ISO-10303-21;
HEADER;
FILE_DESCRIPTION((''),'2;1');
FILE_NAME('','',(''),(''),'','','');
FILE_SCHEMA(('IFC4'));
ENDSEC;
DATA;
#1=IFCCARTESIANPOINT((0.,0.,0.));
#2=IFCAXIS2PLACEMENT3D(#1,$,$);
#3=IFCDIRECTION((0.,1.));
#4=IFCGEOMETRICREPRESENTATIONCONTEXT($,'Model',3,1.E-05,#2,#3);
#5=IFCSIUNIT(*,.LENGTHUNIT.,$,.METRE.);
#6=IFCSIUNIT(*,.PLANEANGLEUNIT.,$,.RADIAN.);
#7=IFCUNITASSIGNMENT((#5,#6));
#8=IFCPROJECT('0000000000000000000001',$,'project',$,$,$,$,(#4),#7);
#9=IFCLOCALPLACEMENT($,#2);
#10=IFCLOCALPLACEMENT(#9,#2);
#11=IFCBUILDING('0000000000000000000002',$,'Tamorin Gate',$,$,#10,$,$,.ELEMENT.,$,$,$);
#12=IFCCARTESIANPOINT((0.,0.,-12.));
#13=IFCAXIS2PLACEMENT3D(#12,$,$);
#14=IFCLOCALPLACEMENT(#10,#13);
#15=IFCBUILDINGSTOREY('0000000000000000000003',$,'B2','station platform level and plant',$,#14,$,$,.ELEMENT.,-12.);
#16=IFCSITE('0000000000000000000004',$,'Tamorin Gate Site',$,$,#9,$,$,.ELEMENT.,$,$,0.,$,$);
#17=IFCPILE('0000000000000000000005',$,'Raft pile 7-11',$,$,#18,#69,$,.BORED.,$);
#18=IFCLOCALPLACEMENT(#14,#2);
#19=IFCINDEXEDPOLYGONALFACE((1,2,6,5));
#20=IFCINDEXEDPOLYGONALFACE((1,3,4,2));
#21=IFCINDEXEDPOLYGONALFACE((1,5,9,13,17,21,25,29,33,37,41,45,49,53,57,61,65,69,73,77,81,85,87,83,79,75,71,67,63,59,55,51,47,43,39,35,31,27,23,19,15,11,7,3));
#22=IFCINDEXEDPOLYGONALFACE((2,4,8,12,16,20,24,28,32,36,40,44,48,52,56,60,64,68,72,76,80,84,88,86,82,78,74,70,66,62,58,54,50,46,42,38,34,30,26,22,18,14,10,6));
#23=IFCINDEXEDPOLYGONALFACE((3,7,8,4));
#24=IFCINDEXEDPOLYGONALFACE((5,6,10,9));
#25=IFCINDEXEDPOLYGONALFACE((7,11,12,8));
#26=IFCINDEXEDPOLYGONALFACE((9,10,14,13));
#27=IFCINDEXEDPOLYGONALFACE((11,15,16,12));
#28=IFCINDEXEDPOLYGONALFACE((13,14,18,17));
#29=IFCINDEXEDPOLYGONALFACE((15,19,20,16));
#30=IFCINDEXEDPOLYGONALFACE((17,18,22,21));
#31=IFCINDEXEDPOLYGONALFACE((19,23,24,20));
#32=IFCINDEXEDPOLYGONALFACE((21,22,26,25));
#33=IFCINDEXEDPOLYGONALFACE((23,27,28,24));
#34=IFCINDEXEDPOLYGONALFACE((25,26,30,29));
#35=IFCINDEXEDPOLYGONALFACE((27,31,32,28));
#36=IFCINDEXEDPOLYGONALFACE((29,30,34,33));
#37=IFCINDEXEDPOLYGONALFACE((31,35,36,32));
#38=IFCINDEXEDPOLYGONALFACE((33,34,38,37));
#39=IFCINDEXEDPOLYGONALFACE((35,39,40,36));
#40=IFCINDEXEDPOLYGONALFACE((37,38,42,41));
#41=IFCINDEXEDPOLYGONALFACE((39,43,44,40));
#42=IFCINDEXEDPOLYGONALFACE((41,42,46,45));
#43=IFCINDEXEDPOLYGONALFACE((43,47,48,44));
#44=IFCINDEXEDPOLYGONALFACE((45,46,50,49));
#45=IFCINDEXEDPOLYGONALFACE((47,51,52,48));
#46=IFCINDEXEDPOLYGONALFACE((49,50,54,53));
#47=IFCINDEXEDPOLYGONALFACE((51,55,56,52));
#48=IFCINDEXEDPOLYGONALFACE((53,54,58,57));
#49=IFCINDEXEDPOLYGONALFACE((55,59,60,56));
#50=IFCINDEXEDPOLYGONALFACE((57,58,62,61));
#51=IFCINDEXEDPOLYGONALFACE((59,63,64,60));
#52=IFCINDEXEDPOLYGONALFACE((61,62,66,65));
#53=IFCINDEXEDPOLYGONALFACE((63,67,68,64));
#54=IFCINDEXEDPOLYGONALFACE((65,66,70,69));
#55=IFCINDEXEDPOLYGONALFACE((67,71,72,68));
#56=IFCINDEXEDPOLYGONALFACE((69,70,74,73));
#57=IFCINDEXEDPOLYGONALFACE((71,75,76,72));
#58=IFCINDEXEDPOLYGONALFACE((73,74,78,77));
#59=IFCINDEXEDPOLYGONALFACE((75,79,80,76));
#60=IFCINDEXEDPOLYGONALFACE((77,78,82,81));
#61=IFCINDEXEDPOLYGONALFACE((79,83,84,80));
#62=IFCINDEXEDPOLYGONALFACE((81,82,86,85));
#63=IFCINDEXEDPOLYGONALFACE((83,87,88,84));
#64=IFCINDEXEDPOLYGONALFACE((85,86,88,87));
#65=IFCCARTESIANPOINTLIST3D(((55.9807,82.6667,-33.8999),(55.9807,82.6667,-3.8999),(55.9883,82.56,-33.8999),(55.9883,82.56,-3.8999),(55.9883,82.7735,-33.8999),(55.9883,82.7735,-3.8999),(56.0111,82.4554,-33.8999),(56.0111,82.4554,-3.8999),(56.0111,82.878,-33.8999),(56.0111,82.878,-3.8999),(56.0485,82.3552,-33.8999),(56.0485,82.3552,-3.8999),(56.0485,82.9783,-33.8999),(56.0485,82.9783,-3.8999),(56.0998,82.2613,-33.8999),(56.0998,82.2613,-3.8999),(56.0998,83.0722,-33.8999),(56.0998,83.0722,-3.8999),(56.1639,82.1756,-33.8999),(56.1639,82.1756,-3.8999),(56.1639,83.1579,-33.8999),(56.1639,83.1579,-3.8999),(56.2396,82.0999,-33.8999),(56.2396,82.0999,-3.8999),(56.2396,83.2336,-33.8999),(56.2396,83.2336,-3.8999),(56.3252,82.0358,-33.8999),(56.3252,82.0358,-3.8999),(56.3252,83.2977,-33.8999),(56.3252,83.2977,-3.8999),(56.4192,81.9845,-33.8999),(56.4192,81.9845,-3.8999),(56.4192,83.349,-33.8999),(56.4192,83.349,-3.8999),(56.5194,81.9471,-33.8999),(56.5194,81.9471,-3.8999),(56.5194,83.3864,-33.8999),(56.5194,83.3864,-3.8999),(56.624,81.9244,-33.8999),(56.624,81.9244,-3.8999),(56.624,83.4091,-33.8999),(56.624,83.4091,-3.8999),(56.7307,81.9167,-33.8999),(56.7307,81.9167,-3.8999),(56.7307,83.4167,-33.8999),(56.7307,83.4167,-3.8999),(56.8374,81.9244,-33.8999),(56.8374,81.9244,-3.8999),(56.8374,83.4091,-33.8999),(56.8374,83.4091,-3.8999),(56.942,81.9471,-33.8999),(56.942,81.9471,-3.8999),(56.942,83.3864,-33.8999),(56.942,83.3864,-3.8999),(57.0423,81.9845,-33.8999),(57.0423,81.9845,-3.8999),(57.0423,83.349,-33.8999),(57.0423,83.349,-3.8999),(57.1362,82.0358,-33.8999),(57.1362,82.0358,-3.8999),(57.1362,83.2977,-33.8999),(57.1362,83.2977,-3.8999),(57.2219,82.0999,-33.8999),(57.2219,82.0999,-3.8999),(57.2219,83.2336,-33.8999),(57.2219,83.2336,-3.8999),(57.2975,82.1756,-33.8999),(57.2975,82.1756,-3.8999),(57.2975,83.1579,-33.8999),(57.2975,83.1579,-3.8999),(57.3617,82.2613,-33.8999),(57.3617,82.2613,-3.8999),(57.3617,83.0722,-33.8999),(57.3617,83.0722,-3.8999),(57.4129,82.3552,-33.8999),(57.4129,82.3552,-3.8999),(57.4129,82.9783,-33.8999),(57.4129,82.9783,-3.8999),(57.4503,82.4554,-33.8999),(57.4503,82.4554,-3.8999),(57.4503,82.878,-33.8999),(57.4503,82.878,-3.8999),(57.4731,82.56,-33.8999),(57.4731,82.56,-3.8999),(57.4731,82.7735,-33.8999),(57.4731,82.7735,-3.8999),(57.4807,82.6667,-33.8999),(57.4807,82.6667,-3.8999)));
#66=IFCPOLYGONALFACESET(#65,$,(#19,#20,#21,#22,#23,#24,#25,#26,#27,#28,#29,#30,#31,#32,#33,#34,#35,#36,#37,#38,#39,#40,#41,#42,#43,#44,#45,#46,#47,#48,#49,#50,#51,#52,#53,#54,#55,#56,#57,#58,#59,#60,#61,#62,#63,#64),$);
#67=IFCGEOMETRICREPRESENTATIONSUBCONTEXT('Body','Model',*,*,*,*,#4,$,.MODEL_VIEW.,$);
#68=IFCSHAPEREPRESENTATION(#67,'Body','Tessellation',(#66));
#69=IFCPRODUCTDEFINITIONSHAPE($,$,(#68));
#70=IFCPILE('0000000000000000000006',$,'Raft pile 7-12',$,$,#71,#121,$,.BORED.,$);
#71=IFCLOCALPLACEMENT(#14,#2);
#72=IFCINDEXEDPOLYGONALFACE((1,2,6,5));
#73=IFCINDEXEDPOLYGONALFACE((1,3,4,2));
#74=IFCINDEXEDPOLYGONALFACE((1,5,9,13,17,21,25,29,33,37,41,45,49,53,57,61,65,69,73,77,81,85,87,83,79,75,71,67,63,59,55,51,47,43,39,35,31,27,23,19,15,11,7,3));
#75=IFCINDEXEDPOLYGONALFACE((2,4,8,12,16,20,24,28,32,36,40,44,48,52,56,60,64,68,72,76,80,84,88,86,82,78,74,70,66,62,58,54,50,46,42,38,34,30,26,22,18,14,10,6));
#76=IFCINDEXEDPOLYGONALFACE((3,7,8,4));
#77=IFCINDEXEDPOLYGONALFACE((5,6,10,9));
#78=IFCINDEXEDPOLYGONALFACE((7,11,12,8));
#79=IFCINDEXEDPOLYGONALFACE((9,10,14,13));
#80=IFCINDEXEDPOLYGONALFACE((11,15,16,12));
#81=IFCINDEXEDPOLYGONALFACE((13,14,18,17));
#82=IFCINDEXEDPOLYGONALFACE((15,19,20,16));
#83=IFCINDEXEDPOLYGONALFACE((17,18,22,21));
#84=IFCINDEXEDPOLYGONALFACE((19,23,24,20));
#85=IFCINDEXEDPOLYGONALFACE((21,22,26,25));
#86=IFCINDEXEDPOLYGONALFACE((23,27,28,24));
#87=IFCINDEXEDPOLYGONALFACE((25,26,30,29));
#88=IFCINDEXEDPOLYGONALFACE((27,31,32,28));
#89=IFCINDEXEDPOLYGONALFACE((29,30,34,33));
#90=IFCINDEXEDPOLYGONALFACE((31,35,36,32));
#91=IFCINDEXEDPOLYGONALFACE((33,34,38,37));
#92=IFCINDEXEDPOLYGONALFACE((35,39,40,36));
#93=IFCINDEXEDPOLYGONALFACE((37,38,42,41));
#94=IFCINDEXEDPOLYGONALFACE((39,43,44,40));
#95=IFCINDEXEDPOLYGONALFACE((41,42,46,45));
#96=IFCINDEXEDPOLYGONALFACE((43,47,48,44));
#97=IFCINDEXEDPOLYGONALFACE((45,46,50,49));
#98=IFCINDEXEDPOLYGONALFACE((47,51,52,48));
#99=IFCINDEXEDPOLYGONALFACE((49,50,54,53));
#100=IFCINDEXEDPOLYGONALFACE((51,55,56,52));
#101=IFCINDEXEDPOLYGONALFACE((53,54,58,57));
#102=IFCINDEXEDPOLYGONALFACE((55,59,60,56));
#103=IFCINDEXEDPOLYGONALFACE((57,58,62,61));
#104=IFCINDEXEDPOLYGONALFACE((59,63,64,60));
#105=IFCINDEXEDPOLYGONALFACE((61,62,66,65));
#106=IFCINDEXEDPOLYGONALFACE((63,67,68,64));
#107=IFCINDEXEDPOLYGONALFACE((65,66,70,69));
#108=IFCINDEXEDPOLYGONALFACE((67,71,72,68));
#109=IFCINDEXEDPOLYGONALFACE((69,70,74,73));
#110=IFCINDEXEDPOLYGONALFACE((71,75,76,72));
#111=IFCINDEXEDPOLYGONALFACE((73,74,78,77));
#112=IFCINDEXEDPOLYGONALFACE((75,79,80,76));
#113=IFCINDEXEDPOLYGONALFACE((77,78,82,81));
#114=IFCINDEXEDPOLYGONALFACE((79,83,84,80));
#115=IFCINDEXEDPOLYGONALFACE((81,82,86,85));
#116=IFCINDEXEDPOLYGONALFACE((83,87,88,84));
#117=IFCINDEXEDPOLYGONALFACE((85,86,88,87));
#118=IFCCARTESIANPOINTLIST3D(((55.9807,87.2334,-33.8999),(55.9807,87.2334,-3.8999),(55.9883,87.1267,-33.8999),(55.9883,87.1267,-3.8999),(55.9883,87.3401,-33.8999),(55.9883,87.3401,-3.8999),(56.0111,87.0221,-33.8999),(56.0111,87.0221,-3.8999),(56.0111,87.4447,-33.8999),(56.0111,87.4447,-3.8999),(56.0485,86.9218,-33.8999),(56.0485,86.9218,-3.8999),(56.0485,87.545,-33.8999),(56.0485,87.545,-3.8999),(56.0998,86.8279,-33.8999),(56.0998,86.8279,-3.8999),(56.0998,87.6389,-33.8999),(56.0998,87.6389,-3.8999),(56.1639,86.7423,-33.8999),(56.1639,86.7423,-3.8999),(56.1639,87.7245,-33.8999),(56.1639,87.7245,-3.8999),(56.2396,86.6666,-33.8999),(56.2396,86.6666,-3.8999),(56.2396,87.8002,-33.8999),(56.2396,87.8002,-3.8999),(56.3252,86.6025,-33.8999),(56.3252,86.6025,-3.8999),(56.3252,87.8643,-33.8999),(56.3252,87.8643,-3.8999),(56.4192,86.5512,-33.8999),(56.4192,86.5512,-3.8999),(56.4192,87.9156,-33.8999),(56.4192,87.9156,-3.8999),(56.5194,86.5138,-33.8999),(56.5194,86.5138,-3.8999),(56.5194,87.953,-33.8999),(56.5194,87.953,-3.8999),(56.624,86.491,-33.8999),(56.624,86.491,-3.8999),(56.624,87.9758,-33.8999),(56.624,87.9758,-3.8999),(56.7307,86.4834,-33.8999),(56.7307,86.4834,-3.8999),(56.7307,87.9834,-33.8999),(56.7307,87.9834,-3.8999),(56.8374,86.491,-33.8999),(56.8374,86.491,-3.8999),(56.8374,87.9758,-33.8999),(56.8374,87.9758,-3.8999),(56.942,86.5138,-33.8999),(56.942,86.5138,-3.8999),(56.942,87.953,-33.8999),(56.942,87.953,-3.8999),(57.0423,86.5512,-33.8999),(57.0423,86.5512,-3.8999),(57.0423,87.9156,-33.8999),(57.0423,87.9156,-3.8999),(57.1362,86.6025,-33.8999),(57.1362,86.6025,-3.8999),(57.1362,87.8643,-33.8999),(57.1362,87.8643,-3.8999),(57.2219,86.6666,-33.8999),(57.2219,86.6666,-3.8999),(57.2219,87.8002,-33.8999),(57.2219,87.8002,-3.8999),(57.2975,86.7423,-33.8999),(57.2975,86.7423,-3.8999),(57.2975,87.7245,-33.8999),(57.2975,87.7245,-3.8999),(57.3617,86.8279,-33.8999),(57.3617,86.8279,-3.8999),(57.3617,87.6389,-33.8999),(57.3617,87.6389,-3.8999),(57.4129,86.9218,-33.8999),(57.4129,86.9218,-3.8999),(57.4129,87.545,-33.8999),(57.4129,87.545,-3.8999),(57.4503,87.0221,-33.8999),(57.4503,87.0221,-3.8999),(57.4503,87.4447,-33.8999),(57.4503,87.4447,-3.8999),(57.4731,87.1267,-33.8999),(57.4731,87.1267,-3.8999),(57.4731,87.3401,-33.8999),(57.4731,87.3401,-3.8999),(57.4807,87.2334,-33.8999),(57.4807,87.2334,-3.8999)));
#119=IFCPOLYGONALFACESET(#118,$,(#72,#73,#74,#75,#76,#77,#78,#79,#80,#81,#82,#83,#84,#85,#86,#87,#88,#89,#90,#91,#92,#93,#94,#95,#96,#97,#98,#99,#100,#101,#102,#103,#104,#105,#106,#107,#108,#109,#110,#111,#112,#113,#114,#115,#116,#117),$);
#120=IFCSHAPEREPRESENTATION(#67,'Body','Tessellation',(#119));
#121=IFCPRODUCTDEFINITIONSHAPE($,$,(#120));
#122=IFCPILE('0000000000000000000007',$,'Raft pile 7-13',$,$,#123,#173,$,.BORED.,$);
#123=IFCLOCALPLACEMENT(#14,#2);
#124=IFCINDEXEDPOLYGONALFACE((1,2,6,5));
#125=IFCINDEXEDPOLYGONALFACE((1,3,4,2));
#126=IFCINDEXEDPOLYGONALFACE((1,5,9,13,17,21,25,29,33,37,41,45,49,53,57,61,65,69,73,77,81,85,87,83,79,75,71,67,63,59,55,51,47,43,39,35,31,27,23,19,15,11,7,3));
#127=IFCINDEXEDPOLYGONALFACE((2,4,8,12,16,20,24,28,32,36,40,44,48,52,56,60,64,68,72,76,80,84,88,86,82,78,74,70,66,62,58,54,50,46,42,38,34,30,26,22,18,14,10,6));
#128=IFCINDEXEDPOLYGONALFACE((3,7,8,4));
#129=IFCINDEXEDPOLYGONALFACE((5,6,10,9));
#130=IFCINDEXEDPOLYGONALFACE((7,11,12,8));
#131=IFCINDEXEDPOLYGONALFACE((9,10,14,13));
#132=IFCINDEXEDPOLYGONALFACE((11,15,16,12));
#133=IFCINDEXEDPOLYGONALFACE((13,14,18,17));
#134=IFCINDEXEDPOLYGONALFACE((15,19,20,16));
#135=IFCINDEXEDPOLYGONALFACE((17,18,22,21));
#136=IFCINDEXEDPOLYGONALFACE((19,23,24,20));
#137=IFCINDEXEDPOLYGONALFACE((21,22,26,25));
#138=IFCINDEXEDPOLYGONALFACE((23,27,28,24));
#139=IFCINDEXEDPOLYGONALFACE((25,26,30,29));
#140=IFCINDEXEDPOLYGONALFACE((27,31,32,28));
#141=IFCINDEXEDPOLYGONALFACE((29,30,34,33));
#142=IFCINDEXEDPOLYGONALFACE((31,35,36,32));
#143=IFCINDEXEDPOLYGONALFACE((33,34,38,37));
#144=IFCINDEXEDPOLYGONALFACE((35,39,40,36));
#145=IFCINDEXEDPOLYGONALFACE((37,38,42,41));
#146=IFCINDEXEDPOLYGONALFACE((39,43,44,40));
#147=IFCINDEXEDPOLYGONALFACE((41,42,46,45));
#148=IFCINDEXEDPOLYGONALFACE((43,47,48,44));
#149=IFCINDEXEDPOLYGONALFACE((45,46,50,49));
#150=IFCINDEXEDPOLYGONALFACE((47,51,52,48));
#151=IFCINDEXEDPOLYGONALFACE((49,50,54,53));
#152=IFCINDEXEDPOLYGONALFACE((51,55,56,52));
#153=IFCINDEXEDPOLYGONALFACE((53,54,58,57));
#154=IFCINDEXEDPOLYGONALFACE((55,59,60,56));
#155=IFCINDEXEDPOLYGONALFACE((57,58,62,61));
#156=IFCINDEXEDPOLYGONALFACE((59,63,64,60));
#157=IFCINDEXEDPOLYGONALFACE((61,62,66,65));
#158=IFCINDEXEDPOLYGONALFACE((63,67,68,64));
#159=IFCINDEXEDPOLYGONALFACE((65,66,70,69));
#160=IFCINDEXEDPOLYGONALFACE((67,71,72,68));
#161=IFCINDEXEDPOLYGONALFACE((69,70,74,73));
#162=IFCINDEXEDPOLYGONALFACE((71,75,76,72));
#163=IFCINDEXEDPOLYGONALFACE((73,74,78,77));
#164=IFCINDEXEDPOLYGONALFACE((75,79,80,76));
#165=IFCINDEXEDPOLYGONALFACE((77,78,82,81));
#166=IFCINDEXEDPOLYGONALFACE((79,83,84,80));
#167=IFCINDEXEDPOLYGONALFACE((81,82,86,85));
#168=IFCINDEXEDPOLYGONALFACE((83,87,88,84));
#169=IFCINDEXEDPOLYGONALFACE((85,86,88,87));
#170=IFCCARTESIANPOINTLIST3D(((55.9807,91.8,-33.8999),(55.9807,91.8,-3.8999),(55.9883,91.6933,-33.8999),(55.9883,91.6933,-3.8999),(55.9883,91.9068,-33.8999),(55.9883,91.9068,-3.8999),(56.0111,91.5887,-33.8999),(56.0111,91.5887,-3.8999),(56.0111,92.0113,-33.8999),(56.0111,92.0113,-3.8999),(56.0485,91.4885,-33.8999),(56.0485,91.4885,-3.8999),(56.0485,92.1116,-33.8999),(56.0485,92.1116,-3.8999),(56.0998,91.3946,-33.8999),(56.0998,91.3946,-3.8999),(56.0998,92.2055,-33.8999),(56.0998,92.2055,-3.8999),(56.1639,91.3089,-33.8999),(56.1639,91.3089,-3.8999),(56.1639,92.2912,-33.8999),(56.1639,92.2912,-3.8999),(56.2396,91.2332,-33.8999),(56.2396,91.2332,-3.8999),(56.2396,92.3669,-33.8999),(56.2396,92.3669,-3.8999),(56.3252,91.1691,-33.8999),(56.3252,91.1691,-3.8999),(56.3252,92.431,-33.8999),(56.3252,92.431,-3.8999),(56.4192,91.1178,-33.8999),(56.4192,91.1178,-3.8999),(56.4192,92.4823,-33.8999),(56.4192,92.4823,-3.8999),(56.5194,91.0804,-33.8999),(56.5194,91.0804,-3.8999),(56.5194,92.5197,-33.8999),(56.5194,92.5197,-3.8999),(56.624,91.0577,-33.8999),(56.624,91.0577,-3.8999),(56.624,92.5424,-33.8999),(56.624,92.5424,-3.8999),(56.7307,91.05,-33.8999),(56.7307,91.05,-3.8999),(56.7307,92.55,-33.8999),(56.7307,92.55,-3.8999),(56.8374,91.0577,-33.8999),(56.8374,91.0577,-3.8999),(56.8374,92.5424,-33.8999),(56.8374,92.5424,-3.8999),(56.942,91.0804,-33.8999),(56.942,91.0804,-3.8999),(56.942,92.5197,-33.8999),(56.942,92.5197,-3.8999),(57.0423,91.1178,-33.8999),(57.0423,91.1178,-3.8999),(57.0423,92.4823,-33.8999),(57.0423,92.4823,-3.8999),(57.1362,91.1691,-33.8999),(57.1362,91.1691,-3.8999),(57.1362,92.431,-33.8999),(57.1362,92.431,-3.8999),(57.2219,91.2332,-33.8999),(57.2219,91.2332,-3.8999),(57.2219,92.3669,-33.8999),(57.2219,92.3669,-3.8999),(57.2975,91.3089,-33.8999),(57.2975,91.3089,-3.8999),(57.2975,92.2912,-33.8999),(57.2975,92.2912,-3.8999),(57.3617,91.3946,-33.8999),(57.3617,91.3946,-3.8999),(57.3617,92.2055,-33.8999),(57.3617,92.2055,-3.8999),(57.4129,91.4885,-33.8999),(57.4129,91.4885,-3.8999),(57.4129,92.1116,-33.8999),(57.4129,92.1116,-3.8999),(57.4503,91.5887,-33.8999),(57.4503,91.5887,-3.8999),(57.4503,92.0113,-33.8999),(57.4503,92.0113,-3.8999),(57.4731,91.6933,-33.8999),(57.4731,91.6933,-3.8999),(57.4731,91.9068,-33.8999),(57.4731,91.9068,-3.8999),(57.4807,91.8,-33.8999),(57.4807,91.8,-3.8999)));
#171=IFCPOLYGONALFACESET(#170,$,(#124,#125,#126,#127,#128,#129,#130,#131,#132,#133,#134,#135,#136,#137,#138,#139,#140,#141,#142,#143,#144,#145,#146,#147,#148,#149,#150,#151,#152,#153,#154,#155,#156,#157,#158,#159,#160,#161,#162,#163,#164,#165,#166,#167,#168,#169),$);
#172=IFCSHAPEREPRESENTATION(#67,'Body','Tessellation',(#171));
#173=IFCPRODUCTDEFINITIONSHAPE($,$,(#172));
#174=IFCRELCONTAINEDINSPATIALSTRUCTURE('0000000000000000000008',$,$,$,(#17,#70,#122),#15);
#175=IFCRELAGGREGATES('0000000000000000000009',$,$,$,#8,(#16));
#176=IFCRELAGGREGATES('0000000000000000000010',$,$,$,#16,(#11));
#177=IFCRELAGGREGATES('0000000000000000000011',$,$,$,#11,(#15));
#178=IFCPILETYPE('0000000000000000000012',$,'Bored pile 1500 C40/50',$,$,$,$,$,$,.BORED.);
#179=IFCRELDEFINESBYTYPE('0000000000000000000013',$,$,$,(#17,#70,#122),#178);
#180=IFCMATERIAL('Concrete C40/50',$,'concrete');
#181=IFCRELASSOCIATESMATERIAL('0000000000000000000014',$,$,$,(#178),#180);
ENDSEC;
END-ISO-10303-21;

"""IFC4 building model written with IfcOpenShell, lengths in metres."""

from ifc_helpers import new_model, si_unit, direction, frame, origin, origin_2d, place, context, subcontext, project, spatial, circle, extrude, material, material_profile, profile_set, type_object, element, save


model = new_model("IFC4")

# Units and contexts
model_context = context("Model", 3, precision=1e-05, world=origin(), true_north=direction((0.0, 1.0)))
body_context = subcontext(model_context, "Body", "Model", "MODEL_VIEW")
ifc_project = project(units=[si_unit("LENGTHUNIT", "METRE"), si_unit("PLANEANGLEUNIT", "RADIAN")], contexts=[model_context])

# Site, building, storey
site_placement = place(None, origin())
site = spatial("IfcSite", under=ifc_project, at=site_placement, Name="Tamorin Gate Site", CompositionType="ELEMENT", RefElevation=0.0)
building_placement = place(site_placement, origin())
building = spatial("IfcBuilding", under=site, at=building_placement, Name="Tamorin Gate", CompositionType="ELEMENT")
storey_placement = place(building_placement, frame((0.0, 0.0, -12.0)))
storey = spatial("IfcBuildingStorey", under=building, at=storey_placement, Name="B2", Description="station platform level and plant", CompositionType="ELEMENT", Elevation=-12.0)

# Piles
ifc_material_1 = material(Name="Concrete C40/50", Category="concrete")
ifc_material_profile_1 = material_profile(ifc_material_1, circle(Radius=0.75, at=origin_2d()))
ifc_profile_set_1 = profile_set([ifc_material_profile_1], Name="Concrete C40/50")
pile_type = type_object("IfcPileType", Name="Bored pile 1500 C40/50", PredefinedType="BORED", material=ifc_profile_set_1)
for number, where, z_axis, x_axis, name in (
    (1, (56.7307, 82.6667, -3.8999), (0.0, 0.0, -1.0), (1.0, 0.0, 0.0), "Raft pile 7-11"),
    (2, (56.7307, 87.2334, -3.8999), (0.0, 0.0, -1.0), (1.0, 0.0, 0.0), "Raft pile 7-12"),
    (3, (56.7307, 91.8, -3.8999), (0.0, 0.0, -1.0), (1.0, 0.0, 0.0), "Raft pile 7-13"),
):
    element("IfcPile", number, at=place(storey_placement, frame(where, z_axis=z_axis, x_axis=x_axis)), inside=storey, type_object=pile_type, Name=name, PredefinedType="BORED", context=body_context, shape_type="SweptSolid", body=[
        extrude(circle(Radius=0.75, at=origin_2d()), origin(), (0.0, 0.0, 1.0), 30.0),
    ])

save(model, "model.ifc")
